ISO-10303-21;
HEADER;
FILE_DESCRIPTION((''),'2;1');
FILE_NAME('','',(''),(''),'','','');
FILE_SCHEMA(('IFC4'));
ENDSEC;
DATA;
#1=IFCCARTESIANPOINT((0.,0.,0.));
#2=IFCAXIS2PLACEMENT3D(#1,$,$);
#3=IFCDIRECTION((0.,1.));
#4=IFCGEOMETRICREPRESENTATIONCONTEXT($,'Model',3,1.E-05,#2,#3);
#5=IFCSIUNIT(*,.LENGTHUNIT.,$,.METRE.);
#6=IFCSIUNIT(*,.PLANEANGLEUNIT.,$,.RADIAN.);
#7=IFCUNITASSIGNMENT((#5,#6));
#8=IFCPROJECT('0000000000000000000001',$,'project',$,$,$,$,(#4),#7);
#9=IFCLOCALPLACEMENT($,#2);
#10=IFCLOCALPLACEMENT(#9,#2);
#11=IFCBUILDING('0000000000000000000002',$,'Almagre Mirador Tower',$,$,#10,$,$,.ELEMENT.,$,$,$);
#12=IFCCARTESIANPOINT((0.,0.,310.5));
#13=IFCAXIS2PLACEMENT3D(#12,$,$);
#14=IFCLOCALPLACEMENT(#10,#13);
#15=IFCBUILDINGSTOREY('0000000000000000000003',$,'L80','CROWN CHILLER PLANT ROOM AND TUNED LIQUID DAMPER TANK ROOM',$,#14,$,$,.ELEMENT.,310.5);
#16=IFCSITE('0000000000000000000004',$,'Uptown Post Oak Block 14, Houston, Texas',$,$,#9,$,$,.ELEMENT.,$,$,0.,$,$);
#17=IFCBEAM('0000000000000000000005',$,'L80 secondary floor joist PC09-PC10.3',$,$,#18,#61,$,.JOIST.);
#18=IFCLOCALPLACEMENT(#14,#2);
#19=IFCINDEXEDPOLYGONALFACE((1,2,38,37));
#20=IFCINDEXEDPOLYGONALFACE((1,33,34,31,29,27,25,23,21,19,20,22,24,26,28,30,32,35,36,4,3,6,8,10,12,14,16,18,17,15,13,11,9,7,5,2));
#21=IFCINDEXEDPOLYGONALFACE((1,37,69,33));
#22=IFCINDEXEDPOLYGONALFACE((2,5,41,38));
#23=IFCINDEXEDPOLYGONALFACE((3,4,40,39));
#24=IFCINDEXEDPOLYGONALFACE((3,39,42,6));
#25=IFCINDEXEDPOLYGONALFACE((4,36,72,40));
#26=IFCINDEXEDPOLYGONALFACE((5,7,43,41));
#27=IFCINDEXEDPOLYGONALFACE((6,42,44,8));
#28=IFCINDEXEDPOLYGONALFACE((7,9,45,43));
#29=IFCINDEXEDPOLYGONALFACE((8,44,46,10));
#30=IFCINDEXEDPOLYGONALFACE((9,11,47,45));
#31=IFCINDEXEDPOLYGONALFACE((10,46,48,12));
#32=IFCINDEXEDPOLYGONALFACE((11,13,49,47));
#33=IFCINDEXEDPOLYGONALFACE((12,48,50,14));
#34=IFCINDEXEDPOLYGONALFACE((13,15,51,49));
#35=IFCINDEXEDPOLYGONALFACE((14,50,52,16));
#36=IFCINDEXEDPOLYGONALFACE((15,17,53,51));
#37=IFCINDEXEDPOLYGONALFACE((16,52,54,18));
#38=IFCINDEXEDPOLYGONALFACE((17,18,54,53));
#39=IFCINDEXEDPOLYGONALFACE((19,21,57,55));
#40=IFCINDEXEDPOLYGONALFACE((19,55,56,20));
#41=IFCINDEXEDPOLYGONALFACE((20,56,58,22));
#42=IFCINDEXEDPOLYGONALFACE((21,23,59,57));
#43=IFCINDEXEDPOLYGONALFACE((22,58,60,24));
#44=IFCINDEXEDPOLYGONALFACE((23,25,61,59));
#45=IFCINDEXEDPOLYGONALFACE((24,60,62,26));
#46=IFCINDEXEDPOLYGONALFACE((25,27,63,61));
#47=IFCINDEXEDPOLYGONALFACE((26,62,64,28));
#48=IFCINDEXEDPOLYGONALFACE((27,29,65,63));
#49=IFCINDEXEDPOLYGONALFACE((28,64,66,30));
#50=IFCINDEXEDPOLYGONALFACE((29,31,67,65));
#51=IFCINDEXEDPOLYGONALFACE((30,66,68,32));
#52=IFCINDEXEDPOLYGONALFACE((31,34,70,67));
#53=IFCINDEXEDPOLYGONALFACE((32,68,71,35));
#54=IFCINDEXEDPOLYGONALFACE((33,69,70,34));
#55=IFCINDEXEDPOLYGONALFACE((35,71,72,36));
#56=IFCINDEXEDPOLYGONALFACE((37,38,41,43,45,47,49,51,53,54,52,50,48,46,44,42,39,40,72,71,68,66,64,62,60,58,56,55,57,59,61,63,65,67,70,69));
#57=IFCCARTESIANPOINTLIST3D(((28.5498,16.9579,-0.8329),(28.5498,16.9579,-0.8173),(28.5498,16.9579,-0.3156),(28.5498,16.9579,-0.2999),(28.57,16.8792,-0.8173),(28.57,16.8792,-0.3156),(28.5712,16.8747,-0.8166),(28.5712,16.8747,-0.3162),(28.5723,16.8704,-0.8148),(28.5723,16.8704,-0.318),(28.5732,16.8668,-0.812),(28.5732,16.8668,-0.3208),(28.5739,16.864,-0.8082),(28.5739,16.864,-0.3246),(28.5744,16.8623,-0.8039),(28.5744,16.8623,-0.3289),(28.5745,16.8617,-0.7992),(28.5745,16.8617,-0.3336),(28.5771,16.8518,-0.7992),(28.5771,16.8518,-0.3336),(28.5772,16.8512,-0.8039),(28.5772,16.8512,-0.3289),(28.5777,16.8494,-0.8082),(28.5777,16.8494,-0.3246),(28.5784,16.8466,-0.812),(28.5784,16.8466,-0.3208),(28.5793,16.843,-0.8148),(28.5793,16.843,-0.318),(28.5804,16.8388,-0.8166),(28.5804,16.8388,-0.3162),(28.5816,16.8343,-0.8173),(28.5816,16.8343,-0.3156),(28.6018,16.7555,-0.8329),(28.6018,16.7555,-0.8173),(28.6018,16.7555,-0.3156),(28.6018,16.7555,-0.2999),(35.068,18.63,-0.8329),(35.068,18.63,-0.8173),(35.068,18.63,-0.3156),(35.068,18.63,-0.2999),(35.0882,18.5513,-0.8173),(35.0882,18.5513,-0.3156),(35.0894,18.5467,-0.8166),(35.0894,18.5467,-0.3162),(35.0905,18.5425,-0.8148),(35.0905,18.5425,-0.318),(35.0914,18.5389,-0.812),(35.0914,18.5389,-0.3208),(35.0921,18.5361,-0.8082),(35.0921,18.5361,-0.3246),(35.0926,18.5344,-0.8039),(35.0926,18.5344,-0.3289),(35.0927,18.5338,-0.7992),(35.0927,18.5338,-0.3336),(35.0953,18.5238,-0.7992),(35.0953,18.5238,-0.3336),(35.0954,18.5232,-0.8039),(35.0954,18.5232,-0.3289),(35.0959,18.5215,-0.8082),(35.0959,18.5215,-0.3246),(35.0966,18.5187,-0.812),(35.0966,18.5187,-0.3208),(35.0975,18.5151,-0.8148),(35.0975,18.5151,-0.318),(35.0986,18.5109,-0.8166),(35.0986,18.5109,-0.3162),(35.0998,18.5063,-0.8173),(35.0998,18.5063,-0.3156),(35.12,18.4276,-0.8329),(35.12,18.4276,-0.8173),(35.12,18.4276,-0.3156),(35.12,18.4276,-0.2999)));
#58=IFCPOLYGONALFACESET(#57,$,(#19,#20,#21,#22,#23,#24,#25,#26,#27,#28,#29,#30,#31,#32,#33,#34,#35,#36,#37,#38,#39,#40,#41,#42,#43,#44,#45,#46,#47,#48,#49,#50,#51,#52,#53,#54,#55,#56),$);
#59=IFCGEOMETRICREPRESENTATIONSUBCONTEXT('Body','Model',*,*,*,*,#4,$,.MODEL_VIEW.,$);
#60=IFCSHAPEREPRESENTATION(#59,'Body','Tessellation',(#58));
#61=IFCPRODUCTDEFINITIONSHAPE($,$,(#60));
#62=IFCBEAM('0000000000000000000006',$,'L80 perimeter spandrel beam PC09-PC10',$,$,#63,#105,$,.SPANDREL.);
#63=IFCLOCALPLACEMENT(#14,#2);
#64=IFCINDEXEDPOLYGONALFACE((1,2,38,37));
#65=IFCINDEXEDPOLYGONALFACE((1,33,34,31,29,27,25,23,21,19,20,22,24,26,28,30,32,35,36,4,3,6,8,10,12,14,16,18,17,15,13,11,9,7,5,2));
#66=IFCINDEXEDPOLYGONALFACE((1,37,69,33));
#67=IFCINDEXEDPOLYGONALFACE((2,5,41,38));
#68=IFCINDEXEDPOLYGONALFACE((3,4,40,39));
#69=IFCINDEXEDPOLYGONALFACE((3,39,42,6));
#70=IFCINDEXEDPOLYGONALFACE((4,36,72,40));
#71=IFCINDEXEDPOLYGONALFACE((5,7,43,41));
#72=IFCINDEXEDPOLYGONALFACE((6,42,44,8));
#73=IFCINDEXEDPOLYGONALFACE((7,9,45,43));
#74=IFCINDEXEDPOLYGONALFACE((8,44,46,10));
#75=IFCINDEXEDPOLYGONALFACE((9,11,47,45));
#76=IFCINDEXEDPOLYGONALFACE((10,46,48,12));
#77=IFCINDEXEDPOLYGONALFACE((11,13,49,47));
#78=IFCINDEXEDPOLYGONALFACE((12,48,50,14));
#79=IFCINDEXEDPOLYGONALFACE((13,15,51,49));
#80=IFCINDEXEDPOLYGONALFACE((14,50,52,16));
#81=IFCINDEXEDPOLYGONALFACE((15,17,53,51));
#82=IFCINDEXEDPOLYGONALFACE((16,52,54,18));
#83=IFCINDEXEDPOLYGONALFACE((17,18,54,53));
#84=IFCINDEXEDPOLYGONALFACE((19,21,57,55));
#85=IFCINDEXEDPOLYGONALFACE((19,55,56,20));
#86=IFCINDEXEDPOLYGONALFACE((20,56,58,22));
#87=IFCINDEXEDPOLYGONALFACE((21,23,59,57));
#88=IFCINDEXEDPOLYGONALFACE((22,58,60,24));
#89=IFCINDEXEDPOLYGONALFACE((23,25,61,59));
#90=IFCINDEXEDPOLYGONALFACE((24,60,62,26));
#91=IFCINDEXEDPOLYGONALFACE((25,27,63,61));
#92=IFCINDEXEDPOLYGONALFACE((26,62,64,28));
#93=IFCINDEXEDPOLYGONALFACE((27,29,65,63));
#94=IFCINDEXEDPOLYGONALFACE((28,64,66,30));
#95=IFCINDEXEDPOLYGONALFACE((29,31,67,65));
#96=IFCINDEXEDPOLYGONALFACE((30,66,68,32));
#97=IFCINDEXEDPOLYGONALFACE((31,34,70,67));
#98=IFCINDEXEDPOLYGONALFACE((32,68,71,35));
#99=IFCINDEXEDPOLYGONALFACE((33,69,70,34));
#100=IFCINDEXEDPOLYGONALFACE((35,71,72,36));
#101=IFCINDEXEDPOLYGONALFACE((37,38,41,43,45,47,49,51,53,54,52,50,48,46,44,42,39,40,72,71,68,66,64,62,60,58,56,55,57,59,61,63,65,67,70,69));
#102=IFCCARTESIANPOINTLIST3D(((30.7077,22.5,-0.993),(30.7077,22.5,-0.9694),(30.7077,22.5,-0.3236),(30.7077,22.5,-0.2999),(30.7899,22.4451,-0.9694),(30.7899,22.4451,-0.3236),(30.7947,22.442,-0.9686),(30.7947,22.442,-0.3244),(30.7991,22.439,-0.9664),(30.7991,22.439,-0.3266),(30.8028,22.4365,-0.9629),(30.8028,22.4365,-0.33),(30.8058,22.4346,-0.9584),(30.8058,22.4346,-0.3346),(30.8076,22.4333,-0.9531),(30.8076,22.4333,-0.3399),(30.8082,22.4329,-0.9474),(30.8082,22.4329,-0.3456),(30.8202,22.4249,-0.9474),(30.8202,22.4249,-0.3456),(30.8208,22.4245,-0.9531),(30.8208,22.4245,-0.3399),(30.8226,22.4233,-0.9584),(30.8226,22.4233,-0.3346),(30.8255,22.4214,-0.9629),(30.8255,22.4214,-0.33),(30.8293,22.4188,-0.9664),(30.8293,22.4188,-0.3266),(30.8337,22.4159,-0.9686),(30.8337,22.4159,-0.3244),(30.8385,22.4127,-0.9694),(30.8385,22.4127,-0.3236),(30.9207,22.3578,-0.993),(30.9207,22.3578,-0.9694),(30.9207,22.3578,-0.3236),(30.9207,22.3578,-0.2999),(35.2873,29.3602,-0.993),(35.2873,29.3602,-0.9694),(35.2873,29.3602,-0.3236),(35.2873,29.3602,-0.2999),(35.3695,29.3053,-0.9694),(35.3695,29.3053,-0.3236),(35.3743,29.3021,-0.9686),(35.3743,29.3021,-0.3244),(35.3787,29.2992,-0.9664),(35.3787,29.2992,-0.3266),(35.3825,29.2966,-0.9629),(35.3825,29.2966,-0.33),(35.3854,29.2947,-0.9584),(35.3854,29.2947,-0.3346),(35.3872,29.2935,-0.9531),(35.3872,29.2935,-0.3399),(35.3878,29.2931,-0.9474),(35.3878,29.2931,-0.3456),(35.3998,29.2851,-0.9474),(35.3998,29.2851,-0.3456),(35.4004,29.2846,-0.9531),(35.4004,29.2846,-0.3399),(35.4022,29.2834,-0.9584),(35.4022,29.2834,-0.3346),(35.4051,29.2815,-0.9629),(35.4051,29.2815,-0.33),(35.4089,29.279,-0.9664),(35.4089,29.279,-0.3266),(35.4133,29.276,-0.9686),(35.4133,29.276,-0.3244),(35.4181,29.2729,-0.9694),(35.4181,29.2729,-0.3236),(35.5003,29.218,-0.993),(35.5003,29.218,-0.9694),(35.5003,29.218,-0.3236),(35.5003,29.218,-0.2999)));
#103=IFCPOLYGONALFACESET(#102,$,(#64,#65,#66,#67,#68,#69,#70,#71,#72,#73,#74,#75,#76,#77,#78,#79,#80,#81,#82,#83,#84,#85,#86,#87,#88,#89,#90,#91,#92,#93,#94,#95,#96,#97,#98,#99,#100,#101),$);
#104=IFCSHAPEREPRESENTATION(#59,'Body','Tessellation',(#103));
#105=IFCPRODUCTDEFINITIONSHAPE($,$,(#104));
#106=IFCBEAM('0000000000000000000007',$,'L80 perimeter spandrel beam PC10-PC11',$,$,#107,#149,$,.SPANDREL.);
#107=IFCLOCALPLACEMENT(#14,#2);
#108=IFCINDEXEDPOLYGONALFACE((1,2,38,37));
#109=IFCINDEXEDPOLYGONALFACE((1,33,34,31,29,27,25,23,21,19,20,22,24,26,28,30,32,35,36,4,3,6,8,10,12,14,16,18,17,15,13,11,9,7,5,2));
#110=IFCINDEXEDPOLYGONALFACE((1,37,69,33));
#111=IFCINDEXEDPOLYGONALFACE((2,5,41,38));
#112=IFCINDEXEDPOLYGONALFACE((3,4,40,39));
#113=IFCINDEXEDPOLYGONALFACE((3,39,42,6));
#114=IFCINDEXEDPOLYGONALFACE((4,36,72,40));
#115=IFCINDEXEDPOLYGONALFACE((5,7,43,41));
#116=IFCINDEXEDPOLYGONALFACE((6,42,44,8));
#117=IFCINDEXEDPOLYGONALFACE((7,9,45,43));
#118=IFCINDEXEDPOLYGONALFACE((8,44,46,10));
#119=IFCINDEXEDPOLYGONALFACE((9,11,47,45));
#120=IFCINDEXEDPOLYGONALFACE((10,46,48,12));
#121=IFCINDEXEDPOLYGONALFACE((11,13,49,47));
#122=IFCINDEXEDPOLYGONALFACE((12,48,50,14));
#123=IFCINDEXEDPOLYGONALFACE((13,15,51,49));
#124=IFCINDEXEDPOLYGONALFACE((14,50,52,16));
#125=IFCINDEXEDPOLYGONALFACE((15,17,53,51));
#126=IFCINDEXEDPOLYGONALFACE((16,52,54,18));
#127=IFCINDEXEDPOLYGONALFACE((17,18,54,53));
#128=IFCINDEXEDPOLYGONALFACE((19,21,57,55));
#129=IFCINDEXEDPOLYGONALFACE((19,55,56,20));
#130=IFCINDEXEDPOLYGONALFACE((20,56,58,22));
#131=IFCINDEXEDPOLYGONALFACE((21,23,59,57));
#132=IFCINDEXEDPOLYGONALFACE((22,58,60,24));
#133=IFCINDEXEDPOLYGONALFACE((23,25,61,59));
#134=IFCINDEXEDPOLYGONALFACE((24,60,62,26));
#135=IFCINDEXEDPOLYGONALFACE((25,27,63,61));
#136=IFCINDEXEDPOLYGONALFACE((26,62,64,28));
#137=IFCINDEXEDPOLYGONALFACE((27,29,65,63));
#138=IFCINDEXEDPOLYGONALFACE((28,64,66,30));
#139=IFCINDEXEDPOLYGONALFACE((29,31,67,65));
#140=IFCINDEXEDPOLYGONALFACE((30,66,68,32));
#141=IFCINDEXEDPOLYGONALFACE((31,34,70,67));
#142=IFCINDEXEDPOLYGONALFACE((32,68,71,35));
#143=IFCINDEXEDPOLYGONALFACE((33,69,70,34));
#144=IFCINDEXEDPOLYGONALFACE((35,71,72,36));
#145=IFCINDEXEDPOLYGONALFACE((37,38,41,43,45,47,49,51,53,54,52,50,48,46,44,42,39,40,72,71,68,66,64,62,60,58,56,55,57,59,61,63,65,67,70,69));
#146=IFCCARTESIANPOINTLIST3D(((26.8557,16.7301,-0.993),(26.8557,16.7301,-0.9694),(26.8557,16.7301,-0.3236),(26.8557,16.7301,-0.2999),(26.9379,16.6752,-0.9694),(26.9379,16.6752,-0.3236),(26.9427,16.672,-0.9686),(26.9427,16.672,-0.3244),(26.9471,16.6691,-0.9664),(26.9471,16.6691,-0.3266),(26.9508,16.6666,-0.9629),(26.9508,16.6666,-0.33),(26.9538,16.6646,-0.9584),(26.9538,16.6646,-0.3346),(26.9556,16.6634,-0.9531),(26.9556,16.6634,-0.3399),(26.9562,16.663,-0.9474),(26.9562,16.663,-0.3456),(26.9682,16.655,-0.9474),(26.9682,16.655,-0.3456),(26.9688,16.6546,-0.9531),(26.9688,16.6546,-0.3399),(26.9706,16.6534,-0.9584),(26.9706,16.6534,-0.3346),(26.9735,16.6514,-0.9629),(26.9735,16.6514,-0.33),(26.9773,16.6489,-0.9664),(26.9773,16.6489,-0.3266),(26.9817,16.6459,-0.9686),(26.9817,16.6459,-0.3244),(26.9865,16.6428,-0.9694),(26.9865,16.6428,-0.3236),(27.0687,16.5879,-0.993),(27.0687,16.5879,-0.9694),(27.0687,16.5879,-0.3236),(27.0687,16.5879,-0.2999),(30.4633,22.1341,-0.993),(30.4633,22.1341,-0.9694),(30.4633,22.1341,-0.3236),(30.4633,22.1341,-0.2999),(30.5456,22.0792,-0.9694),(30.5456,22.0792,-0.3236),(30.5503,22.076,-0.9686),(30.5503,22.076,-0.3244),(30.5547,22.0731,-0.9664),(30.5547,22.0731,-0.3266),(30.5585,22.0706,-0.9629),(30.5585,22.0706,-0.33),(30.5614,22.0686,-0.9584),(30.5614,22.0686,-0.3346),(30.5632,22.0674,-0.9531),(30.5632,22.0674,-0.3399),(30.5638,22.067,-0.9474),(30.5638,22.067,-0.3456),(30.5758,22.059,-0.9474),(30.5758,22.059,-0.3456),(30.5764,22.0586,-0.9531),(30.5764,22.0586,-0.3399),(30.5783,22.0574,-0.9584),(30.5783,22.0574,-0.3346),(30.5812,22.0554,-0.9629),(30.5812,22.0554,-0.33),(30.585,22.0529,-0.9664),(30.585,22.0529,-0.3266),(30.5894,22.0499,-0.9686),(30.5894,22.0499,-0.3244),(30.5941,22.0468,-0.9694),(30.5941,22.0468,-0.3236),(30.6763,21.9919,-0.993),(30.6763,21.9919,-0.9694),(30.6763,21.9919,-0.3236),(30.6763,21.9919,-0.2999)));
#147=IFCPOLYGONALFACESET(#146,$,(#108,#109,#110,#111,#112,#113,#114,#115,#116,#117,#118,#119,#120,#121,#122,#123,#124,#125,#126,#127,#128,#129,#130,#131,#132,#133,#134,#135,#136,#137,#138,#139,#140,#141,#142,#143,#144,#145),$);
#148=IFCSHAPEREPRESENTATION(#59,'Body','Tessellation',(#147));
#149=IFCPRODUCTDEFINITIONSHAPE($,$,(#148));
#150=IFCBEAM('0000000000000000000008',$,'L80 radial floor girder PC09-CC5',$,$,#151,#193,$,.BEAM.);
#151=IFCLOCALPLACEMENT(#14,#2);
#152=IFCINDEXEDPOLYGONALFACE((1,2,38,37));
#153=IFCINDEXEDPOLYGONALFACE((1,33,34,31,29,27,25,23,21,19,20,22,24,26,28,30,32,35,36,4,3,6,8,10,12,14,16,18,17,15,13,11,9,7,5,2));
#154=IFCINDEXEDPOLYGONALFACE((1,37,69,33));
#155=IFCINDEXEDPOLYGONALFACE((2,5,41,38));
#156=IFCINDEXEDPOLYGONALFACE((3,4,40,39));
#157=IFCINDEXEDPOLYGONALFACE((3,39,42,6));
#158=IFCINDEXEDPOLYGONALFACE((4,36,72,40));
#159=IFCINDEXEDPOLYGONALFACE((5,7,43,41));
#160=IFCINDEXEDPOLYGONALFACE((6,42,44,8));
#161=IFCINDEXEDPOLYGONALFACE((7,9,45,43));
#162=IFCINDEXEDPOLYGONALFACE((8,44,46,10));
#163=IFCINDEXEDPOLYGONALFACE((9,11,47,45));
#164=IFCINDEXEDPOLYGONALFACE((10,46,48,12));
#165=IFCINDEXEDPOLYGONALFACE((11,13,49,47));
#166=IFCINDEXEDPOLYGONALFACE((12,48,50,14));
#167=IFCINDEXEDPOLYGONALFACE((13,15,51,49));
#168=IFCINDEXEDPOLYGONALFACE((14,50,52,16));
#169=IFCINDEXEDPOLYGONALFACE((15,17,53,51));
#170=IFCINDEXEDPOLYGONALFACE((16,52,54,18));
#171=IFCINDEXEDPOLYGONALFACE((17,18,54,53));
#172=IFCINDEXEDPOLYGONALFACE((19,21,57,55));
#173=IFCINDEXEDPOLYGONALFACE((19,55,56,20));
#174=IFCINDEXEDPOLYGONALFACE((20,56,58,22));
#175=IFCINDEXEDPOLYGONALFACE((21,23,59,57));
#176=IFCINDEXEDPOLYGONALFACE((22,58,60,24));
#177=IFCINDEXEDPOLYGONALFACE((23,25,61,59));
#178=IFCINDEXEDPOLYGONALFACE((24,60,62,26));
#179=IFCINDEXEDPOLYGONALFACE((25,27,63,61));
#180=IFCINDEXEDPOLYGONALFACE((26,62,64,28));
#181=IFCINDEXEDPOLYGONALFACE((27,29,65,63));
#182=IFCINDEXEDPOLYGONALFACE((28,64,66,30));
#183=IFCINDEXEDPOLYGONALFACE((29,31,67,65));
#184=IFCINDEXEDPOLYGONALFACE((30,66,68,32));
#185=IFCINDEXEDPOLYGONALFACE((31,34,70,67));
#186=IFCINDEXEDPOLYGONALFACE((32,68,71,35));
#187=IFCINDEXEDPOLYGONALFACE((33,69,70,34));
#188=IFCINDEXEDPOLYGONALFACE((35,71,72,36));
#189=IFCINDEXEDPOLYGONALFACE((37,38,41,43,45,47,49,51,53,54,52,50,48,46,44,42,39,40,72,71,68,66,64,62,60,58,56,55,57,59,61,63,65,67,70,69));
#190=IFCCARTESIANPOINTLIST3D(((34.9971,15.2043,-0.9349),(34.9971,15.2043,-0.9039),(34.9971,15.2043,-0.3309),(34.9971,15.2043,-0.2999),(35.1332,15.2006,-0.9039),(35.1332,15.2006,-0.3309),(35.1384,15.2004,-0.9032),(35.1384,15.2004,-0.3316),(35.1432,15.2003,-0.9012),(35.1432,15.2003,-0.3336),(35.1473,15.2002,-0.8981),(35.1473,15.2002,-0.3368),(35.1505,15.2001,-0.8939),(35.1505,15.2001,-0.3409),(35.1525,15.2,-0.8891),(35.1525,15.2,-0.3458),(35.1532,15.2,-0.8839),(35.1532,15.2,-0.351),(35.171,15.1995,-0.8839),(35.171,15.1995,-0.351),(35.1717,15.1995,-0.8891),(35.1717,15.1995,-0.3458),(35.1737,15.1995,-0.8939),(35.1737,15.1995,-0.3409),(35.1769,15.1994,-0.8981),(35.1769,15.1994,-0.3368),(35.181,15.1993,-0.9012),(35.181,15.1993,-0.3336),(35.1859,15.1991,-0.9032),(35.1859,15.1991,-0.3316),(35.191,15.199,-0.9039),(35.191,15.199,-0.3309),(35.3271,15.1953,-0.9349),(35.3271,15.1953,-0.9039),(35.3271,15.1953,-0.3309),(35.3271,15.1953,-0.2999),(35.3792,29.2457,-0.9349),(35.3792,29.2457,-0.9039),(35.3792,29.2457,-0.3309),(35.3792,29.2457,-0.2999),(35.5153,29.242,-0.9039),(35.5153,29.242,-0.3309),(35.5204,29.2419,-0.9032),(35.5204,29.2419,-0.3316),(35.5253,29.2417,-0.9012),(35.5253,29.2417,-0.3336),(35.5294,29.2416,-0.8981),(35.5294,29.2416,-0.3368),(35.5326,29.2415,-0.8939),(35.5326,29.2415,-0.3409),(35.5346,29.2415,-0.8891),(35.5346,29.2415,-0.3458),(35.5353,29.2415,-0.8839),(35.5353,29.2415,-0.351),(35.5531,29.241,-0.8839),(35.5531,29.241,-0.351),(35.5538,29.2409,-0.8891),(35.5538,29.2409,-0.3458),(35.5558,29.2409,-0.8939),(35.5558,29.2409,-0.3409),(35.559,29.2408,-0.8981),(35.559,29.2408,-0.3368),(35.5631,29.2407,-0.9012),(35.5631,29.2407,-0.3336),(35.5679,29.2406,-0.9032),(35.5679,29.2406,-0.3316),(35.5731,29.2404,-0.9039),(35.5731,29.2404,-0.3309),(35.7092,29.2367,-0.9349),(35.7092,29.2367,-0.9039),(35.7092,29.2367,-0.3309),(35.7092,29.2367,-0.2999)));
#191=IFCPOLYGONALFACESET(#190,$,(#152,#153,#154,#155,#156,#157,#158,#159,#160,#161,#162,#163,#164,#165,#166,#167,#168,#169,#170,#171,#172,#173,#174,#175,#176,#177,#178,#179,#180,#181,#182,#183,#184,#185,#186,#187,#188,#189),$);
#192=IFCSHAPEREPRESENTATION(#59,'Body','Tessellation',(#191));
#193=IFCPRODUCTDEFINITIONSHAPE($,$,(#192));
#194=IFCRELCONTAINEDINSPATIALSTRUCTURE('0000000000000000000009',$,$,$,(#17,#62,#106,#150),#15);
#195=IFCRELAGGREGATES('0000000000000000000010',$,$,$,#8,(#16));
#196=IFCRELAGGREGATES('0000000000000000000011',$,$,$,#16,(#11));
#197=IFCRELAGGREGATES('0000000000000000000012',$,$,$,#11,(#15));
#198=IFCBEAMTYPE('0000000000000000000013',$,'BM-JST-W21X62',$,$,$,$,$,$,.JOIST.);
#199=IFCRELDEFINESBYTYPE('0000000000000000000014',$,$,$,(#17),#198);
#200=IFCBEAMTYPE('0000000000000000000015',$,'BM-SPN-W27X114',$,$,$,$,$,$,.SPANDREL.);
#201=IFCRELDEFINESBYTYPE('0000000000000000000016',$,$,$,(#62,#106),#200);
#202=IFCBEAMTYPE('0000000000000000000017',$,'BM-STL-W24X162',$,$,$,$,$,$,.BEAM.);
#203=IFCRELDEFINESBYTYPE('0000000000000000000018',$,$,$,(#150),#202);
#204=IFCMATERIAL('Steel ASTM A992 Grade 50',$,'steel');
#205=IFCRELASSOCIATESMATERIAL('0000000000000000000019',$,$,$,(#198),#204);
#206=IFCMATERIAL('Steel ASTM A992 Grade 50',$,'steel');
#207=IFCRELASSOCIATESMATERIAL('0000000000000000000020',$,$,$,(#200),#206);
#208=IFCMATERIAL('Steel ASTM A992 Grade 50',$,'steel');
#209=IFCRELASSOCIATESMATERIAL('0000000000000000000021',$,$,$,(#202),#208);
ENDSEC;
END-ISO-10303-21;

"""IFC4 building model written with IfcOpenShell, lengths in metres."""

from ifc_helpers import new_model, si_unit, direction, frame, origin, origin_2d, place, context, subcontext, project, spatial, i_section, extrude, material, material_profile, profile_set, type_object, element, save


model = new_model("IFC4")

# Units and contexts
model_context = context("Model", 3, precision=1e-05, world=origin(), true_north=direction((0.0, 1.0)))
body_context = subcontext(model_context, "Body", "Model", "MODEL_VIEW")
ifc_project = project(units=[si_unit("LENGTHUNIT", "METRE"), si_unit("PLANEANGLEUNIT", "RADIAN")], contexts=[model_context])

# Site, building, storey
site_placement = place(None, origin())
site = spatial("IfcSite", under=ifc_project, at=site_placement, Name="Uptown Post Oak Block 14, Houston, Texas", CompositionType="ELEMENT", RefElevation=0.0)
building_placement = place(site_placement, origin())
building = spatial("IfcBuilding", under=site, at=building_placement, Name="Almagre Mirador Tower", CompositionType="ELEMENT")
storey_placement = place(building_placement, frame((0.0, 0.0, 310.5)))
storey = spatial("IfcBuildingStorey", under=building, at=storey_placement, Name="L80", Description="CROWN CHILLER PLANT ROOM AND TUNED LIQUID DAMPER TANK ROOM", CompositionType="ELEMENT", Elevation=310.5)

# Beams
ifc_material_1 = material(Name="Steel ASTM A992 Grade 50", Category="steel")
ifc_material_profile_1 = material_profile(ifc_material_1, i_section(OverallWidth=0.209, OverallDepth=0.533, WebThickness=0.0103, FlangeThickness=0.0156, FilletRadius=0.0181, at=origin_2d()), Name="W21X62")
ifc_profile_set_1 = profile_set([ifc_material_profile_1], Name="Steel ASTM A992 Grade 50")
beam_type_1 = type_object("IfcBeamType", Name="BM-JST-W21X62", PredefinedType="JOIST", material=ifc_profile_set_1)
beam_1_placement = place(storey_placement, frame((35.094, 18.5288, -0.5664), z_axis=(-0.968637, -0.248481, 0.0), x_axis=(0.248481, -0.968637, 0.0)))
element("IfcBeam", 1, at=beam_1_placement, inside=storey, type_object=beam_type_1, Name="L80 secondary floor joist PC09-PC10.3", PredefinedType="JOIST", context=body_context, shape_type="SweptSolid", body=[
    extrude(i_section(OverallWidth=0.209, OverallDepth=0.533, WebThickness=0.0103, FlangeThickness=0.0156, FilletRadius=0.0181, at=origin_2d()), origin(), (0.0, 0.0, 1.0), 6.7292),
])
ifc_material_2 = material(Name="Steel ASTM A992 Grade 50", Category="steel")
ifc_material_profile_2 = material_profile(ifc_material_2, i_section(OverallWidth=0.2561, OverallDepth=0.6931, WebThickness=0.0144, FlangeThickness=0.0237, FilletRadius=0.022, at=origin_2d()), Name="W27X114")
ifc_profile_set_2 = profile_set([ifc_material_profile_2], Name="Steel ASTM A992 Grade 50")
beam_type_2 = type_object("IfcBeamType", Name="BM-SPN-W27X114", PredefinedType="SPANDREL", material=ifc_profile_set_2)
beam_2_placement = place(storey_placement, frame((35.3938, 29.2891, -0.6465), z_axis=(-0.555219, -0.831704, 0.0), x_axis=(0.831704, -0.555219, 0.0)))
element("IfcBeam", 2, at=beam_2_placement, inside=storey, type_object=beam_type_2, Name="L80 perimeter spandrel beam PC09-PC10", PredefinedType="SPANDREL", context=body_context, shape_type="SweptSolid", body=[
    extrude(i_section(OverallWidth=0.2561, OverallDepth=0.6931, WebThickness=0.0144, FlangeThickness=0.0237, FilletRadius=0.022, at=origin_2d()), origin(), (0.0, 0.0, 1.0), 8.2483),
])
beam_3_placement = place(storey_placement, frame((30.5698, 22.063, -0.6465), z_axis=(-0.555229, -0.831698, 0.0), x_axis=(0.831698, -0.555229, 0.0)))
element("IfcBeam", 3, at=beam_3_placement, inside=storey, type_object=beam_type_2, Name="L80 perimeter spandrel beam PC10-PC11", PredefinedType="SPANDREL", context=body_context, shape_type="SweptSolid", body=[
    extrude(i_section(OverallWidth=0.2561, OverallDepth=0.6931, WebThickness=0.0144, FlangeThickness=0.0237, FilletRadius=0.022, at=origin_2d()), origin(), (0.0, 0.0, 1.0), 6.4976),
])
ifc_material_3 = material(Name="Steel ASTM A992 Grade 50", Category="steel")
ifc_material_profile_3 = material_profile(ifc_material_3, i_section(OverallWidth=0.3301, OverallDepth=0.635, WebThickness=0.0178, FlangeThickness=0.031, FilletRadius=0.02, at=origin_2d()), Name="W24X162")
ifc_profile_set_3 = profile_set([ifc_material_profile_3], Name="Steel ASTM A992 Grade 50")
beam_type_3 = type_object("IfcBeamType", Name="BM-STL-W24X162", PredefinedType="BEAM", material=ifc_profile_set_3)
beam_4_placement = place(storey_placement, frame((35.5442, 29.2412, -0.6174), z_axis=(-0.027201, -0.99963, 0.0), x_axis=(0.99963, -0.027201, 0.0)))
element("IfcBeam", 4, at=beam_4_placement, inside=storey, type_object=beam_type_3, Name="L80 radial floor girder PC09-CC5", PredefinedType="BEAM", context=body_context, shape_type="SweptSolid", body=[
    extrude(i_section(OverallWidth=0.3301, OverallDepth=0.635, WebThickness=0.0178, FlangeThickness=0.031, FilletRadius=0.02, at=origin_2d()), origin(), (0.0, 0.0, 1.0), 14.0466),
])

save(model, "model.ifc")
